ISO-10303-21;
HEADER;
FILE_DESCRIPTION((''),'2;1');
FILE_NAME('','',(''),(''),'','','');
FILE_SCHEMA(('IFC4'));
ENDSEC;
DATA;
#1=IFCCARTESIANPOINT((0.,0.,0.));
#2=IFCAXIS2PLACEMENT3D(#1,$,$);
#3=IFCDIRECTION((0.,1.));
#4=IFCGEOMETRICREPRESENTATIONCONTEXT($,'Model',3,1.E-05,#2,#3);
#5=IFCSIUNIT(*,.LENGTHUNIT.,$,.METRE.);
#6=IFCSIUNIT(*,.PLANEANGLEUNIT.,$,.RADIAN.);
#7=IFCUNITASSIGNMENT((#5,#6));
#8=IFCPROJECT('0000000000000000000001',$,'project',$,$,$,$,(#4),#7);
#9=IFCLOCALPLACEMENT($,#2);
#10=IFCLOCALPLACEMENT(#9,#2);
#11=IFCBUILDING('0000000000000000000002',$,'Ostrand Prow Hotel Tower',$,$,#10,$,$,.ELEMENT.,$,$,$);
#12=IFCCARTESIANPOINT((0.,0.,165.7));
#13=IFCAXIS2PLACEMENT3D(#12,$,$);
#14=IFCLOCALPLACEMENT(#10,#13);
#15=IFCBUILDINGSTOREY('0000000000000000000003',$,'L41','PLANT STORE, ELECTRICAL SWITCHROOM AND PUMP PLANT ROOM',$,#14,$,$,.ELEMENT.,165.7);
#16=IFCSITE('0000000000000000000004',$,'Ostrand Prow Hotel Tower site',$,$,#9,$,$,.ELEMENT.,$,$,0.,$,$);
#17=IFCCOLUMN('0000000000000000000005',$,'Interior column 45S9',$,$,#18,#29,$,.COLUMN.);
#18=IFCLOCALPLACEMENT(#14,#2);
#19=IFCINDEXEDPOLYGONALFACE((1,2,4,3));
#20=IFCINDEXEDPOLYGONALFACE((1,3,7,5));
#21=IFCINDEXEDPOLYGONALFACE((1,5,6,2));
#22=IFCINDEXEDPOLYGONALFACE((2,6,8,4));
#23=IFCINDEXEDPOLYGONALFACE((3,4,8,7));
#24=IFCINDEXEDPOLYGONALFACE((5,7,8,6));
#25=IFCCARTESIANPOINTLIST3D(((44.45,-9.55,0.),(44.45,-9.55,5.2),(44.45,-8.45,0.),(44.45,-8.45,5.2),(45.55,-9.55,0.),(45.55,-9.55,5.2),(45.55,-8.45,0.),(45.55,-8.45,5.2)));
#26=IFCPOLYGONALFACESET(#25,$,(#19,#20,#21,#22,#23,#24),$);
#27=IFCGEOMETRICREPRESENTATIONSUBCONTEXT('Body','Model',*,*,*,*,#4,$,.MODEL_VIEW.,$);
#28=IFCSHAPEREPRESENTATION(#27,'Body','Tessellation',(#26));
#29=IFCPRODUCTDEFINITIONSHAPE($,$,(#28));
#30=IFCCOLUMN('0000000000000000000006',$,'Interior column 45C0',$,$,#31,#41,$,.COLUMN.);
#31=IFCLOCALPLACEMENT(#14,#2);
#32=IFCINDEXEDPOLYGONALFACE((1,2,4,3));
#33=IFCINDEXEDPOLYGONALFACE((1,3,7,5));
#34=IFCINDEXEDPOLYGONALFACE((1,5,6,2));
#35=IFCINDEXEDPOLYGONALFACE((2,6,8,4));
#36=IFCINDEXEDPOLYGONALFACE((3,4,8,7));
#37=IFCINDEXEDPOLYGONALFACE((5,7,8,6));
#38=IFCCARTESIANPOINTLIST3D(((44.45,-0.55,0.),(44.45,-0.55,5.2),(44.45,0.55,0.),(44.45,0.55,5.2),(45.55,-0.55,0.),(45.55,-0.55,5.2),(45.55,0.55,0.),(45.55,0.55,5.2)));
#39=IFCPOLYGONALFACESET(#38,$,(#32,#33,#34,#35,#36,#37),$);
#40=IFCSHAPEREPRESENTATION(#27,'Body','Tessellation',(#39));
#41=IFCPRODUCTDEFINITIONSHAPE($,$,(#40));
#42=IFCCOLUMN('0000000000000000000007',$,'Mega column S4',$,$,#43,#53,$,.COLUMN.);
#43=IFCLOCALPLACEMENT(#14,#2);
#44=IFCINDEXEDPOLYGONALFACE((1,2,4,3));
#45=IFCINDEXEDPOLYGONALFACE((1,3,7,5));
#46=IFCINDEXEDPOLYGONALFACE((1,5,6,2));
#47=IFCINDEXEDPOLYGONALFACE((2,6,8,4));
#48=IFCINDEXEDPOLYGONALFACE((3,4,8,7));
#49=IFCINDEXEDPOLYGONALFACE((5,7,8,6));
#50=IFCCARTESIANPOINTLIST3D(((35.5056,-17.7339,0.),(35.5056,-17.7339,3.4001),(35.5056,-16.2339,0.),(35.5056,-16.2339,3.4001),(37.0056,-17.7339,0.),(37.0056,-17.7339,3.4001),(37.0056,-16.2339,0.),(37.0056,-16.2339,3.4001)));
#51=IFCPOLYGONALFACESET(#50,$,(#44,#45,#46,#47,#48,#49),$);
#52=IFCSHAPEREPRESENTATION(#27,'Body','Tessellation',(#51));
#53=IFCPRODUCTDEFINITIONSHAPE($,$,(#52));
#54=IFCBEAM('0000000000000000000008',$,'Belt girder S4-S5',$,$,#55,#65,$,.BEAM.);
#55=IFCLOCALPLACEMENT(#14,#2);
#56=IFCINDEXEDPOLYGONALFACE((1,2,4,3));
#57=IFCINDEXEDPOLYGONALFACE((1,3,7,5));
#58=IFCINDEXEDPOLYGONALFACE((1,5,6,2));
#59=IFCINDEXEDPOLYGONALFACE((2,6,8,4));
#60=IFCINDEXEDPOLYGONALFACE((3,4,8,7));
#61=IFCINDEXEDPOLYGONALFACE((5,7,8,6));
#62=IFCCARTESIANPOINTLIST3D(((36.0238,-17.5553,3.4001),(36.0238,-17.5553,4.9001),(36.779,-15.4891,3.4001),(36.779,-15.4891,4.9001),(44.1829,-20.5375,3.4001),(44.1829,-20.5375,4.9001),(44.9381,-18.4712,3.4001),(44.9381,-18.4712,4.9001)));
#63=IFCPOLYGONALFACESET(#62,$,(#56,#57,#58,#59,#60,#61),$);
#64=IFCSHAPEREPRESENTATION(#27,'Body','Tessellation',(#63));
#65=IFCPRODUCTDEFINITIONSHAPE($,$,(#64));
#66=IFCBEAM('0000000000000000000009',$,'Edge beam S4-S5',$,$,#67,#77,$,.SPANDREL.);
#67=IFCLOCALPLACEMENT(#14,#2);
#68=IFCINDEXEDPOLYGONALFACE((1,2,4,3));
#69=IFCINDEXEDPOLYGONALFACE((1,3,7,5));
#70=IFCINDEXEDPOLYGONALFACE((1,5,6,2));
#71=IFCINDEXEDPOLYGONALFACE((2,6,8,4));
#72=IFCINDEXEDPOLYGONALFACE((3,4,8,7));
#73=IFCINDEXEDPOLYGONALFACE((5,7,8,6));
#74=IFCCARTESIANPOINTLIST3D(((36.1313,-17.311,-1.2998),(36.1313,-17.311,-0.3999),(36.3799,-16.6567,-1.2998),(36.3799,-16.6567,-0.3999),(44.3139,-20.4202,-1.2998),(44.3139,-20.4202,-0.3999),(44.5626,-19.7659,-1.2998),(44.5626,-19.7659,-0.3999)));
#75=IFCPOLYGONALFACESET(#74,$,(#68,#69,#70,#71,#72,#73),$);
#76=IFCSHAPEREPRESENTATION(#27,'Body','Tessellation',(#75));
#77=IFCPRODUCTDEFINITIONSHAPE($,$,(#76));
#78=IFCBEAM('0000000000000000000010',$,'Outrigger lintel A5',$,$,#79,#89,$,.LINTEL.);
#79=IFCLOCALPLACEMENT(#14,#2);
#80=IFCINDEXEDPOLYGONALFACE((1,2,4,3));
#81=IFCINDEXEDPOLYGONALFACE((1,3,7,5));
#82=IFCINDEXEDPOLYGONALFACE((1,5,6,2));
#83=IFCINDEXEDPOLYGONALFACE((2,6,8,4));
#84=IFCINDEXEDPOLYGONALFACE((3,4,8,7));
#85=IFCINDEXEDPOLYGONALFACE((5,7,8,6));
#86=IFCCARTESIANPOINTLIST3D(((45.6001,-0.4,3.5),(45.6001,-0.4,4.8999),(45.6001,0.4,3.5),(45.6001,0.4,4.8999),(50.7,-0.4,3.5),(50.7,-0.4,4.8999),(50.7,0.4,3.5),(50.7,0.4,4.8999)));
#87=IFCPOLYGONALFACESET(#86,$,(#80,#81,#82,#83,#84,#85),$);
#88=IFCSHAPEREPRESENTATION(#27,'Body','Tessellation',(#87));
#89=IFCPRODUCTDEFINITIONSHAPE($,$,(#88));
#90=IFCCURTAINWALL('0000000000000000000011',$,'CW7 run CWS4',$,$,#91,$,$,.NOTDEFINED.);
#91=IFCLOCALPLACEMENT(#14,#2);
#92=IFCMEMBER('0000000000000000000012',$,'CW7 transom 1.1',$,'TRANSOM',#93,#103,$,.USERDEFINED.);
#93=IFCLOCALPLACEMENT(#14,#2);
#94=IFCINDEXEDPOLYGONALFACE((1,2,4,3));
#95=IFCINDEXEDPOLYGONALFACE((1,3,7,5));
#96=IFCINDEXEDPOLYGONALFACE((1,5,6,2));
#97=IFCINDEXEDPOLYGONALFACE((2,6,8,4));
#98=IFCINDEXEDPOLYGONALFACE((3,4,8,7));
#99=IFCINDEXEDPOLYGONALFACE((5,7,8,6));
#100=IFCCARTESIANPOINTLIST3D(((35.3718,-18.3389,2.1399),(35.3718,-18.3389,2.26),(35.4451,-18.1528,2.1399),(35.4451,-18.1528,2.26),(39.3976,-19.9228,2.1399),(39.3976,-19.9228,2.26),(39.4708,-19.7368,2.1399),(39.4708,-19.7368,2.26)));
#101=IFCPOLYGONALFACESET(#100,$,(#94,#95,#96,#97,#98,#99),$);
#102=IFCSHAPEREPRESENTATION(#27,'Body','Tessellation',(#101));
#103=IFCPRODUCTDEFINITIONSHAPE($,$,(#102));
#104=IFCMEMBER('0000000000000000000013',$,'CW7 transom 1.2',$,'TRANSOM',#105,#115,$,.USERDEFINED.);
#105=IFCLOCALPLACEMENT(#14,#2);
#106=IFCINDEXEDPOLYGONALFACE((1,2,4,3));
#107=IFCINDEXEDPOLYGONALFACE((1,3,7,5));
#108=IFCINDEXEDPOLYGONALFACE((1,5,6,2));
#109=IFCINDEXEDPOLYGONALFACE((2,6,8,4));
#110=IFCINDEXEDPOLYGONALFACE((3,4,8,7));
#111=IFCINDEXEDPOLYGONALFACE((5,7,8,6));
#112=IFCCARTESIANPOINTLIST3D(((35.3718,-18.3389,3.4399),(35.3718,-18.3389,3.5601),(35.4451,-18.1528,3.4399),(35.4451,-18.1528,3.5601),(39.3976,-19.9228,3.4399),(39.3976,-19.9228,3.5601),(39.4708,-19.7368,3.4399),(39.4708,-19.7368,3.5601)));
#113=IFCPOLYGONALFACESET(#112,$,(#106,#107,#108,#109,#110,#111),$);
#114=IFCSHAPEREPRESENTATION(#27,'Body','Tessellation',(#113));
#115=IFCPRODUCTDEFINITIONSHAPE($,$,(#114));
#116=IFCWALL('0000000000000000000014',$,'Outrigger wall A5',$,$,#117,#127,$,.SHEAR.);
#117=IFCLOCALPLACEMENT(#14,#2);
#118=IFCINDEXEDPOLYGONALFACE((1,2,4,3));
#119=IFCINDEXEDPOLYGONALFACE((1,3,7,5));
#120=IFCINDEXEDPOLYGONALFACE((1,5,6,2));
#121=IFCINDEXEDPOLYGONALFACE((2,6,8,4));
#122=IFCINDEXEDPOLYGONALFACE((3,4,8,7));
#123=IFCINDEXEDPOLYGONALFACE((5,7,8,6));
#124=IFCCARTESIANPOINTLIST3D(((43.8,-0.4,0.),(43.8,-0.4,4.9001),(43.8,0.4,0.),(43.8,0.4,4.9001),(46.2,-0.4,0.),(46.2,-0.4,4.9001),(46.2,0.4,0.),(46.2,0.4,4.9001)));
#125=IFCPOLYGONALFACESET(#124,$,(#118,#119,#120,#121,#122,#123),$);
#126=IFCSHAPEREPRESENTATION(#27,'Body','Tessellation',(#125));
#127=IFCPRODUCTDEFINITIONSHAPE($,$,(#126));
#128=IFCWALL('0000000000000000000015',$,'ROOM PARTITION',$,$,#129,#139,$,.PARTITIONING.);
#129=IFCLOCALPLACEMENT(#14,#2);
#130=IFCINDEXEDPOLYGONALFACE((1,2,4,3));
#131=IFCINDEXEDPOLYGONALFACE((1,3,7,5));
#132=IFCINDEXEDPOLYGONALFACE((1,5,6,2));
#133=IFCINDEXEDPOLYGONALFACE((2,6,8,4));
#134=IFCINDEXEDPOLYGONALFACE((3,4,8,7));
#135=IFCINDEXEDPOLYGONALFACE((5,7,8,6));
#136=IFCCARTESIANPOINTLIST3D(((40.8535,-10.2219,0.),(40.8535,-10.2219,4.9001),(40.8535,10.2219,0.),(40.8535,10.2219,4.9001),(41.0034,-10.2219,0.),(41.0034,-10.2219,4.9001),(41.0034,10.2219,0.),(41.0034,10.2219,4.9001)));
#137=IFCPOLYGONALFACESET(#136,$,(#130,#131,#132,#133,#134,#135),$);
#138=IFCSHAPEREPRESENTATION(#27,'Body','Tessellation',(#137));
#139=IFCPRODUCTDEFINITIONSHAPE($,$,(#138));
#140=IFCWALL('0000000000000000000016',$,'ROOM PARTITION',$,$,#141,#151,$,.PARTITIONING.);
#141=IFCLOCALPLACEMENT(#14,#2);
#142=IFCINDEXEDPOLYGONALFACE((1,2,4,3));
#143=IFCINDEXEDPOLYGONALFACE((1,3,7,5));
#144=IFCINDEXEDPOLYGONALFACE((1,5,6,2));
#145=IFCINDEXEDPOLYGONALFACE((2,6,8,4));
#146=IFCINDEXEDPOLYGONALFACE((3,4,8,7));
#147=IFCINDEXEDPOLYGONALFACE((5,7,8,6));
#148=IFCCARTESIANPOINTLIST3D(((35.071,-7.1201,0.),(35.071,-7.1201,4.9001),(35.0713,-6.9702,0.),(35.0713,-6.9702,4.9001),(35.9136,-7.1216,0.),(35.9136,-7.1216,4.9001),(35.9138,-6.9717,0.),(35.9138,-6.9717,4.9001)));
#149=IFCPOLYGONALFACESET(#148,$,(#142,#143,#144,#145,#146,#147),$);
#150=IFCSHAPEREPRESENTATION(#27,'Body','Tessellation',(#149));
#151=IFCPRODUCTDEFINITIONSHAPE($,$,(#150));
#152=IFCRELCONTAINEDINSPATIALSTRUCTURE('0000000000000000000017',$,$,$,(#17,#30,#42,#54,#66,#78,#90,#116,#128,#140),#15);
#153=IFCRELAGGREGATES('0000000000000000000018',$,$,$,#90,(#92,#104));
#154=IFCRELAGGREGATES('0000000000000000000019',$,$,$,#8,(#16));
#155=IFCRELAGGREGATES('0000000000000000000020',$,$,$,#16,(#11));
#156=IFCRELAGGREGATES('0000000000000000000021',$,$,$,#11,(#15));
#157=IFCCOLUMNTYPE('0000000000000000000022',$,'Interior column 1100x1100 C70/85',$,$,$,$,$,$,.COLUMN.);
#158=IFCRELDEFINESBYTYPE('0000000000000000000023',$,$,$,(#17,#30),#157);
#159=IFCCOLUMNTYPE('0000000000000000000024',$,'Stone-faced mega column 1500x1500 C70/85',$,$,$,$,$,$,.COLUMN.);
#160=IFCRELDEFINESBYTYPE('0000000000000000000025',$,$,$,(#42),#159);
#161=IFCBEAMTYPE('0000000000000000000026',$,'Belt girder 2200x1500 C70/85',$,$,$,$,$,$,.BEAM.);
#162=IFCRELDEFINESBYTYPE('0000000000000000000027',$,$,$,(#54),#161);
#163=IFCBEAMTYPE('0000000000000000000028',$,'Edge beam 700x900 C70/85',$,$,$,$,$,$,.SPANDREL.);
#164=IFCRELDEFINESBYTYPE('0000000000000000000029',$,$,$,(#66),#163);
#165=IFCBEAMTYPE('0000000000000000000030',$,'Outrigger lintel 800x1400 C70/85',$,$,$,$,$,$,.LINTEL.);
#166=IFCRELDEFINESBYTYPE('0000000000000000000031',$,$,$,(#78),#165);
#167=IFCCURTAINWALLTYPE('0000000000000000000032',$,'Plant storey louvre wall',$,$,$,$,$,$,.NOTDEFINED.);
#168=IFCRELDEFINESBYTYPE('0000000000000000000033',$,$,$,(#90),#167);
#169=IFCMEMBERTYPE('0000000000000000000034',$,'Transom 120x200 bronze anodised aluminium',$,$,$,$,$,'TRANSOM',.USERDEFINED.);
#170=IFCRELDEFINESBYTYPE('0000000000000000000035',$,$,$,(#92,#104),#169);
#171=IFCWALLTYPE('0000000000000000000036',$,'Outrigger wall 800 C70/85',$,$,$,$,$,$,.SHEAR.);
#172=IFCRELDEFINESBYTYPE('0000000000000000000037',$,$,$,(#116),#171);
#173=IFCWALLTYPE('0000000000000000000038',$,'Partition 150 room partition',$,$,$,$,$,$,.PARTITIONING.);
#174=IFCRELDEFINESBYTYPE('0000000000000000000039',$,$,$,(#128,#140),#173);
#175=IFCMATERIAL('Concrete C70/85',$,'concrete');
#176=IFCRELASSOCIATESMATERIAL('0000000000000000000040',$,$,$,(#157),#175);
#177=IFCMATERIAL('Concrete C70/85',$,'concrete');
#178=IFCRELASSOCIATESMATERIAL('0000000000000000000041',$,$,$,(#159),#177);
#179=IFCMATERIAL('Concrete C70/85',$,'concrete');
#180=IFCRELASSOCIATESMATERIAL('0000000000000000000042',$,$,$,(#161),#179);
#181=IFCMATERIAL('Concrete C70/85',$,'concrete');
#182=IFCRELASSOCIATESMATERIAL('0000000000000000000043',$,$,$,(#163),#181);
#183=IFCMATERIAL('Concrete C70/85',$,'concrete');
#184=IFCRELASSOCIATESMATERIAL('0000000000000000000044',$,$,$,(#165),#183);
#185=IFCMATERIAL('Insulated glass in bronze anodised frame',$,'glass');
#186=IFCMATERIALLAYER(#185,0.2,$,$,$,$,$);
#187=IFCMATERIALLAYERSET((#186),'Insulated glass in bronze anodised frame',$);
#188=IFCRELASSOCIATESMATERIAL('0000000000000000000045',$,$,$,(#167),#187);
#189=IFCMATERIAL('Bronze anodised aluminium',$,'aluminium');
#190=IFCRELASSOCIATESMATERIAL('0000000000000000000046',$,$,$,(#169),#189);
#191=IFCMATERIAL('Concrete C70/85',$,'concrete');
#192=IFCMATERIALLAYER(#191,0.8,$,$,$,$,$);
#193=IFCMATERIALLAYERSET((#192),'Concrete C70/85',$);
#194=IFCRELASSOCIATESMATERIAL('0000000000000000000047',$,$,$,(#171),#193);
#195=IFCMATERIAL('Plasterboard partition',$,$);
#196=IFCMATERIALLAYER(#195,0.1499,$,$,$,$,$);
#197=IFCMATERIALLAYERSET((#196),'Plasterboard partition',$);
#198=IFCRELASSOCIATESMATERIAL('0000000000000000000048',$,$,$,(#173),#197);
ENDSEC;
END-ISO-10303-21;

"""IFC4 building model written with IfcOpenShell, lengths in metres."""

from ifc_helpers import new_model, si_unit, direction, frame, frame_2d, origin, origin_2d, place, context, subcontext, project, spatial, rectangle, extrude, material, layer, layer_set, material_profile, profile_set, type_object, element, aggregate, save


model = new_model("IFC4")

# Units and contexts
model_context = context("Model", 3, precision=1e-05, world=origin(), true_north=direction((0.0, 1.0)))
body_context = subcontext(model_context, "Body", "Model", "MODEL_VIEW")
ifc_project = project(units=[si_unit("LENGTHUNIT", "METRE"), si_unit("PLANEANGLEUNIT", "RADIAN")], contexts=[model_context])

# Site, building, storey
site_placement = place(None, origin())
site = spatial("IfcSite", under=ifc_project, at=site_placement, Name="Ostrand Prow Hotel Tower site", CompositionType="ELEMENT", RefElevation=0.0)
building_placement = place(site_placement, origin())
building = spatial("IfcBuilding", under=site, at=building_placement, Name="Ostrand Prow Hotel Tower", CompositionType="ELEMENT")
storey_placement = place(building_placement, frame((0.0, 0.0, 165.7)))
storey = spatial("IfcBuildingStorey", under=building, at=storey_placement, Name="L41", Description="PLANT STORE, ELECTRICAL SWITCHROOM AND PUMP PLANT ROOM", CompositionType="ELEMENT", Elevation=165.7)

# Columns
ifc_material_1 = material(Name="Concrete C70/85", Category="concrete")
ifc_material_profile_1 = material_profile(ifc_material_1, rectangle(XDim=1.1001, YDim=1.1001, at=origin_2d()), Name="RC 1100x1100")
ifc_profile_set_1 = profile_set([ifc_material_profile_1], Name="Concrete C70/85")
column_type_1 = type_object("IfcColumnType", Name="Interior column 1100x1100 C70/85", PredefinedType="COLUMN", material=ifc_profile_set_1)
for number, where, z_axis, x_axis, name in (
    (1, (45.0, -9.0, 0.0), (0.0, 0.0, 1.0), (1.0, 0.0, 0.0), "Interior column 45S9"),
    (2, (45.0, 0.0, 0.0), (0.0, 0.0, 1.0), (1.0, 0.0, 0.0), "Interior column 45C0"),
):
    element("IfcColumn", number, at=place(storey_placement, frame(where, z_axis=z_axis, x_axis=x_axis)), inside=storey, type_object=column_type_1, Name=name, PredefinedType="COLUMN", context=body_context, shape_type="SweptSolid", body=[
        extrude(rectangle(XDim=1.1001, YDim=1.1001, at=origin_2d()), origin(), (0.0, 0.0, 1.0), 5.2),
    ])
ifc_material_2 = material(Name="Concrete C70/85", Category="concrete")
ifc_material_profile_2 = material_profile(ifc_material_2, rectangle(XDim=1.5, YDim=1.5, at=origin_2d()), Name="RC 1500x1500")
ifc_profile_set_2 = profile_set([ifc_material_profile_2], Name="Concrete C70/85")
column_type_2 = type_object("IfcColumnType", Name="Stone-faced mega column 1500x1500 C70/85", PredefinedType="COLUMN", material=ifc_profile_set_2)
column_placement = place(storey_placement, frame((36.2556, -16.9839, 0.0), z_axis=(0.0, 0.0, 1.0), x_axis=(1.0, 0.0, 0.0)))
element("IfcColumn", 3, at=column_placement, inside=storey, type_object=column_type_2, Name="Mega column S4", PredefinedType="COLUMN", context=body_context, shape_type="SweptSolid", body=[
    extrude(rectangle(XDim=1.5, YDim=1.5, at=origin_2d()), origin(), (0.0, 0.0, 1.0), 3.4001),
])

# Beams
ifc_material_3 = material(Name="Concrete C70/85", Category="concrete")
ifc_material_profile_3 = material_profile(ifc_material_3, rectangle(XDim=2.2, YDim=1.5, at=origin_2d()), Name="RC 2200x1500")
ifc_profile_set_3 = profile_set([ifc_material_profile_3], Name="Concrete C70/85")
beam_type_1 = type_object("IfcBeamType", Name="Belt girder 2200x1500 C70/85", PredefinedType="BEAM", material=ifc_profile_set_3)
beam_1_placement = place(storey_placement, frame((36.4014, -16.5222, 4.1501), z_axis=(0.93923, -0.343288, 0.0), x_axis=(0.343288, 0.93923, 0.0)))
element("IfcBeam", 4, at=beam_1_placement, inside=storey, type_object=beam_type_1, Name="Belt girder S4-S5", PredefinedType="BEAM", context=body_context, shape_type="SweptSolid", body=[
    extrude(rectangle(XDim=2.2, YDim=1.5, at=origin_2d()), origin(), (0.0, 0.0, 1.0), 8.687),
])
ifc_material_4 = material(Name="Concrete C70/85", Category="concrete")
ifc_material_profile_4 = material_profile(ifc_material_4, rectangle(XDim=0.7, YDim=0.8999, at=origin_2d()), Name="RC 700x900")
ifc_profile_set_4 = profile_set([ifc_material_profile_4], Name="Concrete C70/85")
beam_type_2 = type_object("IfcBeamType", Name="Edge beam 700x900 C70/85", PredefinedType="SPANDREL", material=ifc_profile_set_4)
beam_2_placement = place(storey_placement, frame((36.2556, -16.9839, -0.8499), z_axis=(0.934794, -0.355191, 0.0), x_axis=(0.355191, 0.934794, 0.0)))
element("IfcBeam", 5, at=beam_2_placement, inside=storey, type_object=beam_type_2, Name="Edge beam S4-S5", PredefinedType="SPANDREL", context=body_context, shape_type="SweptSolid", body=[
    extrude(rectangle(XDim=0.7, YDim=0.8999, at=origin_2d()), origin(), (0.0, 0.0, 1.0), 8.7534),
])
ifc_material_5 = material(Name="Concrete C70/85", Category="concrete")
ifc_material_profile_5 = material_profile(ifc_material_5, rectangle(XDim=0.8, YDim=1.3999, at=origin_2d()), Name="RC 800x1400")
ifc_profile_set_5 = profile_set([ifc_material_profile_5], Name="Concrete C70/85")
beam_type_3 = type_object("IfcBeamType", Name="Outrigger lintel 800x1400 C70/85", PredefinedType="LINTEL", material=ifc_profile_set_5)
beam_3_placement = place(storey_placement, frame((45.6001, 0.0, 4.2), z_axis=(1.0, 0.0, 0.0), x_axis=(0.0, 1.0, 0.0)))
element("IfcBeam", 6, at=beam_3_placement, inside=storey, type_object=beam_type_3, Name="Outrigger lintel A5", PredefinedType="LINTEL", context=body_context, shape_type="SweptSolid", body=[
    extrude(rectangle(XDim=0.8, YDim=1.3999, at=origin_2d()), origin(), (0.0, 0.0, 1.0), 5.0999),
])

# Curtain wall, members
ifc_material_6 = material(Name="Insulated glass in bronze anodised frame", Category="glass")
ifc_layer_1 = layer(ifc_material_6, 0.2)
ifc_layer_set_1 = layer_set([ifc_layer_1], Name="Insulated glass in bronze anodised frame")
curtain_wall_type = type_object("IfcCurtainWallType", Name="Plant storey louvre wall", PredefinedType="NOTDEFINED", material=ifc_layer_set_1)
curtain_wall_placement = place(storey_placement, origin())
curtain_wall = element("IfcCurtainWall", 7, at=curtain_wall_placement, inside=storey, type_object=curtain_wall_type, Name="CW7 run CWS4", PredefinedType="NOTDEFINED")
ifc_material_7 = material(Name="Bronze anodised aluminium", Category="aluminium")
ifc_material_profile_6 = material_profile(ifc_material_7, rectangle(XDim=0.2, YDim=0.1201, at=origin_2d()), Name="Transom 120x200 bronze anodised aluminium")
ifc_profile_set_6 = profile_set([ifc_material_profile_6], Name="Bronze anodised aluminium")
member_type = type_object("IfcMemberType", Name="Transom 120x200 bronze anodised aluminium", ElementType="TRANSOM", PredefinedType="USERDEFINED", material=ifc_profile_set_6)
member_1_placement = place(storey_placement, frame((35.4084, -18.2458, 2.2), z_axis=(0.930563, -0.366131, 0.0), x_axis=(0.366131, 0.930563, 0.0)))
member_1 = element("IfcMember", 8, at=member_1_placement, type_object=member_type, Name="CW7 transom 1.1", ObjectType="TRANSOM", PredefinedType="USERDEFINED", context=body_context, shape_type="SweptSolid", body=[
    extrude(rectangle(XDim=0.2, YDim=0.1201, at=origin_2d()), origin(), (0.0, 0.0, 1.0), 4.3262),
])
member_2_placement = place(storey_placement, frame((35.4084, -18.2458, 3.5), z_axis=(0.930563, -0.366131, 0.0), x_axis=(0.366131, 0.930563, 0.0)))
member_2 = element("IfcMember", 9, at=member_2_placement, type_object=member_type, Name="CW7 transom 1.2", ObjectType="TRANSOM", PredefinedType="USERDEFINED", context=body_context, shape_type="SweptSolid", body=[
    extrude(rectangle(XDim=0.2, YDim=0.1201, at=origin_2d()), origin(), (0.0, 0.0, 1.0), 4.3262),
])
aggregate(curtain_wall, [member_1, member_2])

# Walls
ifc_material_8 = material(Name="Concrete C70/85", Category="concrete")
ifc_layer_2 = layer(ifc_material_8, 0.8)
ifc_layer_set_2 = layer_set([ifc_layer_2], Name="Concrete C70/85")
wall_type_1 = type_object("IfcWallType", Name="Outrigger wall 800 C70/85", PredefinedType="SHEAR", material=ifc_layer_set_2)
wall_1_placement = place(storey_placement, frame((43.8, 0.0, 0.0), z_axis=(0.0, 0.0, 1.0), x_axis=(1.0, 0.0, 0.0)))
element("IfcWall", 10, at=wall_1_placement, inside=storey, type_object=wall_type_1, Name="Outrigger wall A5", PredefinedType="SHEAR", context=body_context, shape_type="SweptSolid", body=[
    extrude(rectangle(XDim=2.3999, YDim=0.8, at=frame_2d((1.2, 0.0))), origin(), (0.0, 0.0, 1.0), 4.9001),
])
ifc_material_9 = material(Name="Plasterboard partition")
ifc_layer_3 = layer(ifc_material_9, 0.1499)
ifc_layer_set_3 = layer_set([ifc_layer_3], Name="Plasterboard partition")
wall_type_2 = type_object("IfcWallType", Name="Partition 150 room partition", PredefinedType="PARTITIONING", material=ifc_layer_set_3)
wall_2_placement = place(storey_placement, frame((40.9285, -10.2219, 0.0), z_axis=(0.0, 0.0, 1.0), x_axis=(0.0, 1.0, 0.0)))
element("IfcWall", 11, at=wall_2_placement, inside=storey, type_object=wall_type_2, Name="ROOM PARTITION", PredefinedType="PARTITIONING", context=body_context, shape_type="SweptSolid", body=[
    extrude(rectangle(XDim=20.4438, YDim=0.1499, at=frame_2d((10.2219, 0.0))), origin(), (0.0, 0.0, 1.0), 4.9001),
])
wall_3_placement = place(storey_placement, frame((35.9138, -7.0466, 0.0), z_axis=(0.0, 0.0, 1.0), x_axis=(-0.999998, 0.001739, 0.0)))
element("IfcWall", 12, at=wall_3_placement, inside=storey, type_object=wall_type_2, Name="ROOM PARTITION", PredefinedType="PARTITIONING", context=body_context, shape_type="SweptSolid", body=[
    extrude(rectangle(XDim=0.8425, YDim=0.1499, at=frame_2d((0.4214, 0.0))), origin(), (0.0, 0.0, 1.0), 4.9001),
])

save(model, "model.ifc")
